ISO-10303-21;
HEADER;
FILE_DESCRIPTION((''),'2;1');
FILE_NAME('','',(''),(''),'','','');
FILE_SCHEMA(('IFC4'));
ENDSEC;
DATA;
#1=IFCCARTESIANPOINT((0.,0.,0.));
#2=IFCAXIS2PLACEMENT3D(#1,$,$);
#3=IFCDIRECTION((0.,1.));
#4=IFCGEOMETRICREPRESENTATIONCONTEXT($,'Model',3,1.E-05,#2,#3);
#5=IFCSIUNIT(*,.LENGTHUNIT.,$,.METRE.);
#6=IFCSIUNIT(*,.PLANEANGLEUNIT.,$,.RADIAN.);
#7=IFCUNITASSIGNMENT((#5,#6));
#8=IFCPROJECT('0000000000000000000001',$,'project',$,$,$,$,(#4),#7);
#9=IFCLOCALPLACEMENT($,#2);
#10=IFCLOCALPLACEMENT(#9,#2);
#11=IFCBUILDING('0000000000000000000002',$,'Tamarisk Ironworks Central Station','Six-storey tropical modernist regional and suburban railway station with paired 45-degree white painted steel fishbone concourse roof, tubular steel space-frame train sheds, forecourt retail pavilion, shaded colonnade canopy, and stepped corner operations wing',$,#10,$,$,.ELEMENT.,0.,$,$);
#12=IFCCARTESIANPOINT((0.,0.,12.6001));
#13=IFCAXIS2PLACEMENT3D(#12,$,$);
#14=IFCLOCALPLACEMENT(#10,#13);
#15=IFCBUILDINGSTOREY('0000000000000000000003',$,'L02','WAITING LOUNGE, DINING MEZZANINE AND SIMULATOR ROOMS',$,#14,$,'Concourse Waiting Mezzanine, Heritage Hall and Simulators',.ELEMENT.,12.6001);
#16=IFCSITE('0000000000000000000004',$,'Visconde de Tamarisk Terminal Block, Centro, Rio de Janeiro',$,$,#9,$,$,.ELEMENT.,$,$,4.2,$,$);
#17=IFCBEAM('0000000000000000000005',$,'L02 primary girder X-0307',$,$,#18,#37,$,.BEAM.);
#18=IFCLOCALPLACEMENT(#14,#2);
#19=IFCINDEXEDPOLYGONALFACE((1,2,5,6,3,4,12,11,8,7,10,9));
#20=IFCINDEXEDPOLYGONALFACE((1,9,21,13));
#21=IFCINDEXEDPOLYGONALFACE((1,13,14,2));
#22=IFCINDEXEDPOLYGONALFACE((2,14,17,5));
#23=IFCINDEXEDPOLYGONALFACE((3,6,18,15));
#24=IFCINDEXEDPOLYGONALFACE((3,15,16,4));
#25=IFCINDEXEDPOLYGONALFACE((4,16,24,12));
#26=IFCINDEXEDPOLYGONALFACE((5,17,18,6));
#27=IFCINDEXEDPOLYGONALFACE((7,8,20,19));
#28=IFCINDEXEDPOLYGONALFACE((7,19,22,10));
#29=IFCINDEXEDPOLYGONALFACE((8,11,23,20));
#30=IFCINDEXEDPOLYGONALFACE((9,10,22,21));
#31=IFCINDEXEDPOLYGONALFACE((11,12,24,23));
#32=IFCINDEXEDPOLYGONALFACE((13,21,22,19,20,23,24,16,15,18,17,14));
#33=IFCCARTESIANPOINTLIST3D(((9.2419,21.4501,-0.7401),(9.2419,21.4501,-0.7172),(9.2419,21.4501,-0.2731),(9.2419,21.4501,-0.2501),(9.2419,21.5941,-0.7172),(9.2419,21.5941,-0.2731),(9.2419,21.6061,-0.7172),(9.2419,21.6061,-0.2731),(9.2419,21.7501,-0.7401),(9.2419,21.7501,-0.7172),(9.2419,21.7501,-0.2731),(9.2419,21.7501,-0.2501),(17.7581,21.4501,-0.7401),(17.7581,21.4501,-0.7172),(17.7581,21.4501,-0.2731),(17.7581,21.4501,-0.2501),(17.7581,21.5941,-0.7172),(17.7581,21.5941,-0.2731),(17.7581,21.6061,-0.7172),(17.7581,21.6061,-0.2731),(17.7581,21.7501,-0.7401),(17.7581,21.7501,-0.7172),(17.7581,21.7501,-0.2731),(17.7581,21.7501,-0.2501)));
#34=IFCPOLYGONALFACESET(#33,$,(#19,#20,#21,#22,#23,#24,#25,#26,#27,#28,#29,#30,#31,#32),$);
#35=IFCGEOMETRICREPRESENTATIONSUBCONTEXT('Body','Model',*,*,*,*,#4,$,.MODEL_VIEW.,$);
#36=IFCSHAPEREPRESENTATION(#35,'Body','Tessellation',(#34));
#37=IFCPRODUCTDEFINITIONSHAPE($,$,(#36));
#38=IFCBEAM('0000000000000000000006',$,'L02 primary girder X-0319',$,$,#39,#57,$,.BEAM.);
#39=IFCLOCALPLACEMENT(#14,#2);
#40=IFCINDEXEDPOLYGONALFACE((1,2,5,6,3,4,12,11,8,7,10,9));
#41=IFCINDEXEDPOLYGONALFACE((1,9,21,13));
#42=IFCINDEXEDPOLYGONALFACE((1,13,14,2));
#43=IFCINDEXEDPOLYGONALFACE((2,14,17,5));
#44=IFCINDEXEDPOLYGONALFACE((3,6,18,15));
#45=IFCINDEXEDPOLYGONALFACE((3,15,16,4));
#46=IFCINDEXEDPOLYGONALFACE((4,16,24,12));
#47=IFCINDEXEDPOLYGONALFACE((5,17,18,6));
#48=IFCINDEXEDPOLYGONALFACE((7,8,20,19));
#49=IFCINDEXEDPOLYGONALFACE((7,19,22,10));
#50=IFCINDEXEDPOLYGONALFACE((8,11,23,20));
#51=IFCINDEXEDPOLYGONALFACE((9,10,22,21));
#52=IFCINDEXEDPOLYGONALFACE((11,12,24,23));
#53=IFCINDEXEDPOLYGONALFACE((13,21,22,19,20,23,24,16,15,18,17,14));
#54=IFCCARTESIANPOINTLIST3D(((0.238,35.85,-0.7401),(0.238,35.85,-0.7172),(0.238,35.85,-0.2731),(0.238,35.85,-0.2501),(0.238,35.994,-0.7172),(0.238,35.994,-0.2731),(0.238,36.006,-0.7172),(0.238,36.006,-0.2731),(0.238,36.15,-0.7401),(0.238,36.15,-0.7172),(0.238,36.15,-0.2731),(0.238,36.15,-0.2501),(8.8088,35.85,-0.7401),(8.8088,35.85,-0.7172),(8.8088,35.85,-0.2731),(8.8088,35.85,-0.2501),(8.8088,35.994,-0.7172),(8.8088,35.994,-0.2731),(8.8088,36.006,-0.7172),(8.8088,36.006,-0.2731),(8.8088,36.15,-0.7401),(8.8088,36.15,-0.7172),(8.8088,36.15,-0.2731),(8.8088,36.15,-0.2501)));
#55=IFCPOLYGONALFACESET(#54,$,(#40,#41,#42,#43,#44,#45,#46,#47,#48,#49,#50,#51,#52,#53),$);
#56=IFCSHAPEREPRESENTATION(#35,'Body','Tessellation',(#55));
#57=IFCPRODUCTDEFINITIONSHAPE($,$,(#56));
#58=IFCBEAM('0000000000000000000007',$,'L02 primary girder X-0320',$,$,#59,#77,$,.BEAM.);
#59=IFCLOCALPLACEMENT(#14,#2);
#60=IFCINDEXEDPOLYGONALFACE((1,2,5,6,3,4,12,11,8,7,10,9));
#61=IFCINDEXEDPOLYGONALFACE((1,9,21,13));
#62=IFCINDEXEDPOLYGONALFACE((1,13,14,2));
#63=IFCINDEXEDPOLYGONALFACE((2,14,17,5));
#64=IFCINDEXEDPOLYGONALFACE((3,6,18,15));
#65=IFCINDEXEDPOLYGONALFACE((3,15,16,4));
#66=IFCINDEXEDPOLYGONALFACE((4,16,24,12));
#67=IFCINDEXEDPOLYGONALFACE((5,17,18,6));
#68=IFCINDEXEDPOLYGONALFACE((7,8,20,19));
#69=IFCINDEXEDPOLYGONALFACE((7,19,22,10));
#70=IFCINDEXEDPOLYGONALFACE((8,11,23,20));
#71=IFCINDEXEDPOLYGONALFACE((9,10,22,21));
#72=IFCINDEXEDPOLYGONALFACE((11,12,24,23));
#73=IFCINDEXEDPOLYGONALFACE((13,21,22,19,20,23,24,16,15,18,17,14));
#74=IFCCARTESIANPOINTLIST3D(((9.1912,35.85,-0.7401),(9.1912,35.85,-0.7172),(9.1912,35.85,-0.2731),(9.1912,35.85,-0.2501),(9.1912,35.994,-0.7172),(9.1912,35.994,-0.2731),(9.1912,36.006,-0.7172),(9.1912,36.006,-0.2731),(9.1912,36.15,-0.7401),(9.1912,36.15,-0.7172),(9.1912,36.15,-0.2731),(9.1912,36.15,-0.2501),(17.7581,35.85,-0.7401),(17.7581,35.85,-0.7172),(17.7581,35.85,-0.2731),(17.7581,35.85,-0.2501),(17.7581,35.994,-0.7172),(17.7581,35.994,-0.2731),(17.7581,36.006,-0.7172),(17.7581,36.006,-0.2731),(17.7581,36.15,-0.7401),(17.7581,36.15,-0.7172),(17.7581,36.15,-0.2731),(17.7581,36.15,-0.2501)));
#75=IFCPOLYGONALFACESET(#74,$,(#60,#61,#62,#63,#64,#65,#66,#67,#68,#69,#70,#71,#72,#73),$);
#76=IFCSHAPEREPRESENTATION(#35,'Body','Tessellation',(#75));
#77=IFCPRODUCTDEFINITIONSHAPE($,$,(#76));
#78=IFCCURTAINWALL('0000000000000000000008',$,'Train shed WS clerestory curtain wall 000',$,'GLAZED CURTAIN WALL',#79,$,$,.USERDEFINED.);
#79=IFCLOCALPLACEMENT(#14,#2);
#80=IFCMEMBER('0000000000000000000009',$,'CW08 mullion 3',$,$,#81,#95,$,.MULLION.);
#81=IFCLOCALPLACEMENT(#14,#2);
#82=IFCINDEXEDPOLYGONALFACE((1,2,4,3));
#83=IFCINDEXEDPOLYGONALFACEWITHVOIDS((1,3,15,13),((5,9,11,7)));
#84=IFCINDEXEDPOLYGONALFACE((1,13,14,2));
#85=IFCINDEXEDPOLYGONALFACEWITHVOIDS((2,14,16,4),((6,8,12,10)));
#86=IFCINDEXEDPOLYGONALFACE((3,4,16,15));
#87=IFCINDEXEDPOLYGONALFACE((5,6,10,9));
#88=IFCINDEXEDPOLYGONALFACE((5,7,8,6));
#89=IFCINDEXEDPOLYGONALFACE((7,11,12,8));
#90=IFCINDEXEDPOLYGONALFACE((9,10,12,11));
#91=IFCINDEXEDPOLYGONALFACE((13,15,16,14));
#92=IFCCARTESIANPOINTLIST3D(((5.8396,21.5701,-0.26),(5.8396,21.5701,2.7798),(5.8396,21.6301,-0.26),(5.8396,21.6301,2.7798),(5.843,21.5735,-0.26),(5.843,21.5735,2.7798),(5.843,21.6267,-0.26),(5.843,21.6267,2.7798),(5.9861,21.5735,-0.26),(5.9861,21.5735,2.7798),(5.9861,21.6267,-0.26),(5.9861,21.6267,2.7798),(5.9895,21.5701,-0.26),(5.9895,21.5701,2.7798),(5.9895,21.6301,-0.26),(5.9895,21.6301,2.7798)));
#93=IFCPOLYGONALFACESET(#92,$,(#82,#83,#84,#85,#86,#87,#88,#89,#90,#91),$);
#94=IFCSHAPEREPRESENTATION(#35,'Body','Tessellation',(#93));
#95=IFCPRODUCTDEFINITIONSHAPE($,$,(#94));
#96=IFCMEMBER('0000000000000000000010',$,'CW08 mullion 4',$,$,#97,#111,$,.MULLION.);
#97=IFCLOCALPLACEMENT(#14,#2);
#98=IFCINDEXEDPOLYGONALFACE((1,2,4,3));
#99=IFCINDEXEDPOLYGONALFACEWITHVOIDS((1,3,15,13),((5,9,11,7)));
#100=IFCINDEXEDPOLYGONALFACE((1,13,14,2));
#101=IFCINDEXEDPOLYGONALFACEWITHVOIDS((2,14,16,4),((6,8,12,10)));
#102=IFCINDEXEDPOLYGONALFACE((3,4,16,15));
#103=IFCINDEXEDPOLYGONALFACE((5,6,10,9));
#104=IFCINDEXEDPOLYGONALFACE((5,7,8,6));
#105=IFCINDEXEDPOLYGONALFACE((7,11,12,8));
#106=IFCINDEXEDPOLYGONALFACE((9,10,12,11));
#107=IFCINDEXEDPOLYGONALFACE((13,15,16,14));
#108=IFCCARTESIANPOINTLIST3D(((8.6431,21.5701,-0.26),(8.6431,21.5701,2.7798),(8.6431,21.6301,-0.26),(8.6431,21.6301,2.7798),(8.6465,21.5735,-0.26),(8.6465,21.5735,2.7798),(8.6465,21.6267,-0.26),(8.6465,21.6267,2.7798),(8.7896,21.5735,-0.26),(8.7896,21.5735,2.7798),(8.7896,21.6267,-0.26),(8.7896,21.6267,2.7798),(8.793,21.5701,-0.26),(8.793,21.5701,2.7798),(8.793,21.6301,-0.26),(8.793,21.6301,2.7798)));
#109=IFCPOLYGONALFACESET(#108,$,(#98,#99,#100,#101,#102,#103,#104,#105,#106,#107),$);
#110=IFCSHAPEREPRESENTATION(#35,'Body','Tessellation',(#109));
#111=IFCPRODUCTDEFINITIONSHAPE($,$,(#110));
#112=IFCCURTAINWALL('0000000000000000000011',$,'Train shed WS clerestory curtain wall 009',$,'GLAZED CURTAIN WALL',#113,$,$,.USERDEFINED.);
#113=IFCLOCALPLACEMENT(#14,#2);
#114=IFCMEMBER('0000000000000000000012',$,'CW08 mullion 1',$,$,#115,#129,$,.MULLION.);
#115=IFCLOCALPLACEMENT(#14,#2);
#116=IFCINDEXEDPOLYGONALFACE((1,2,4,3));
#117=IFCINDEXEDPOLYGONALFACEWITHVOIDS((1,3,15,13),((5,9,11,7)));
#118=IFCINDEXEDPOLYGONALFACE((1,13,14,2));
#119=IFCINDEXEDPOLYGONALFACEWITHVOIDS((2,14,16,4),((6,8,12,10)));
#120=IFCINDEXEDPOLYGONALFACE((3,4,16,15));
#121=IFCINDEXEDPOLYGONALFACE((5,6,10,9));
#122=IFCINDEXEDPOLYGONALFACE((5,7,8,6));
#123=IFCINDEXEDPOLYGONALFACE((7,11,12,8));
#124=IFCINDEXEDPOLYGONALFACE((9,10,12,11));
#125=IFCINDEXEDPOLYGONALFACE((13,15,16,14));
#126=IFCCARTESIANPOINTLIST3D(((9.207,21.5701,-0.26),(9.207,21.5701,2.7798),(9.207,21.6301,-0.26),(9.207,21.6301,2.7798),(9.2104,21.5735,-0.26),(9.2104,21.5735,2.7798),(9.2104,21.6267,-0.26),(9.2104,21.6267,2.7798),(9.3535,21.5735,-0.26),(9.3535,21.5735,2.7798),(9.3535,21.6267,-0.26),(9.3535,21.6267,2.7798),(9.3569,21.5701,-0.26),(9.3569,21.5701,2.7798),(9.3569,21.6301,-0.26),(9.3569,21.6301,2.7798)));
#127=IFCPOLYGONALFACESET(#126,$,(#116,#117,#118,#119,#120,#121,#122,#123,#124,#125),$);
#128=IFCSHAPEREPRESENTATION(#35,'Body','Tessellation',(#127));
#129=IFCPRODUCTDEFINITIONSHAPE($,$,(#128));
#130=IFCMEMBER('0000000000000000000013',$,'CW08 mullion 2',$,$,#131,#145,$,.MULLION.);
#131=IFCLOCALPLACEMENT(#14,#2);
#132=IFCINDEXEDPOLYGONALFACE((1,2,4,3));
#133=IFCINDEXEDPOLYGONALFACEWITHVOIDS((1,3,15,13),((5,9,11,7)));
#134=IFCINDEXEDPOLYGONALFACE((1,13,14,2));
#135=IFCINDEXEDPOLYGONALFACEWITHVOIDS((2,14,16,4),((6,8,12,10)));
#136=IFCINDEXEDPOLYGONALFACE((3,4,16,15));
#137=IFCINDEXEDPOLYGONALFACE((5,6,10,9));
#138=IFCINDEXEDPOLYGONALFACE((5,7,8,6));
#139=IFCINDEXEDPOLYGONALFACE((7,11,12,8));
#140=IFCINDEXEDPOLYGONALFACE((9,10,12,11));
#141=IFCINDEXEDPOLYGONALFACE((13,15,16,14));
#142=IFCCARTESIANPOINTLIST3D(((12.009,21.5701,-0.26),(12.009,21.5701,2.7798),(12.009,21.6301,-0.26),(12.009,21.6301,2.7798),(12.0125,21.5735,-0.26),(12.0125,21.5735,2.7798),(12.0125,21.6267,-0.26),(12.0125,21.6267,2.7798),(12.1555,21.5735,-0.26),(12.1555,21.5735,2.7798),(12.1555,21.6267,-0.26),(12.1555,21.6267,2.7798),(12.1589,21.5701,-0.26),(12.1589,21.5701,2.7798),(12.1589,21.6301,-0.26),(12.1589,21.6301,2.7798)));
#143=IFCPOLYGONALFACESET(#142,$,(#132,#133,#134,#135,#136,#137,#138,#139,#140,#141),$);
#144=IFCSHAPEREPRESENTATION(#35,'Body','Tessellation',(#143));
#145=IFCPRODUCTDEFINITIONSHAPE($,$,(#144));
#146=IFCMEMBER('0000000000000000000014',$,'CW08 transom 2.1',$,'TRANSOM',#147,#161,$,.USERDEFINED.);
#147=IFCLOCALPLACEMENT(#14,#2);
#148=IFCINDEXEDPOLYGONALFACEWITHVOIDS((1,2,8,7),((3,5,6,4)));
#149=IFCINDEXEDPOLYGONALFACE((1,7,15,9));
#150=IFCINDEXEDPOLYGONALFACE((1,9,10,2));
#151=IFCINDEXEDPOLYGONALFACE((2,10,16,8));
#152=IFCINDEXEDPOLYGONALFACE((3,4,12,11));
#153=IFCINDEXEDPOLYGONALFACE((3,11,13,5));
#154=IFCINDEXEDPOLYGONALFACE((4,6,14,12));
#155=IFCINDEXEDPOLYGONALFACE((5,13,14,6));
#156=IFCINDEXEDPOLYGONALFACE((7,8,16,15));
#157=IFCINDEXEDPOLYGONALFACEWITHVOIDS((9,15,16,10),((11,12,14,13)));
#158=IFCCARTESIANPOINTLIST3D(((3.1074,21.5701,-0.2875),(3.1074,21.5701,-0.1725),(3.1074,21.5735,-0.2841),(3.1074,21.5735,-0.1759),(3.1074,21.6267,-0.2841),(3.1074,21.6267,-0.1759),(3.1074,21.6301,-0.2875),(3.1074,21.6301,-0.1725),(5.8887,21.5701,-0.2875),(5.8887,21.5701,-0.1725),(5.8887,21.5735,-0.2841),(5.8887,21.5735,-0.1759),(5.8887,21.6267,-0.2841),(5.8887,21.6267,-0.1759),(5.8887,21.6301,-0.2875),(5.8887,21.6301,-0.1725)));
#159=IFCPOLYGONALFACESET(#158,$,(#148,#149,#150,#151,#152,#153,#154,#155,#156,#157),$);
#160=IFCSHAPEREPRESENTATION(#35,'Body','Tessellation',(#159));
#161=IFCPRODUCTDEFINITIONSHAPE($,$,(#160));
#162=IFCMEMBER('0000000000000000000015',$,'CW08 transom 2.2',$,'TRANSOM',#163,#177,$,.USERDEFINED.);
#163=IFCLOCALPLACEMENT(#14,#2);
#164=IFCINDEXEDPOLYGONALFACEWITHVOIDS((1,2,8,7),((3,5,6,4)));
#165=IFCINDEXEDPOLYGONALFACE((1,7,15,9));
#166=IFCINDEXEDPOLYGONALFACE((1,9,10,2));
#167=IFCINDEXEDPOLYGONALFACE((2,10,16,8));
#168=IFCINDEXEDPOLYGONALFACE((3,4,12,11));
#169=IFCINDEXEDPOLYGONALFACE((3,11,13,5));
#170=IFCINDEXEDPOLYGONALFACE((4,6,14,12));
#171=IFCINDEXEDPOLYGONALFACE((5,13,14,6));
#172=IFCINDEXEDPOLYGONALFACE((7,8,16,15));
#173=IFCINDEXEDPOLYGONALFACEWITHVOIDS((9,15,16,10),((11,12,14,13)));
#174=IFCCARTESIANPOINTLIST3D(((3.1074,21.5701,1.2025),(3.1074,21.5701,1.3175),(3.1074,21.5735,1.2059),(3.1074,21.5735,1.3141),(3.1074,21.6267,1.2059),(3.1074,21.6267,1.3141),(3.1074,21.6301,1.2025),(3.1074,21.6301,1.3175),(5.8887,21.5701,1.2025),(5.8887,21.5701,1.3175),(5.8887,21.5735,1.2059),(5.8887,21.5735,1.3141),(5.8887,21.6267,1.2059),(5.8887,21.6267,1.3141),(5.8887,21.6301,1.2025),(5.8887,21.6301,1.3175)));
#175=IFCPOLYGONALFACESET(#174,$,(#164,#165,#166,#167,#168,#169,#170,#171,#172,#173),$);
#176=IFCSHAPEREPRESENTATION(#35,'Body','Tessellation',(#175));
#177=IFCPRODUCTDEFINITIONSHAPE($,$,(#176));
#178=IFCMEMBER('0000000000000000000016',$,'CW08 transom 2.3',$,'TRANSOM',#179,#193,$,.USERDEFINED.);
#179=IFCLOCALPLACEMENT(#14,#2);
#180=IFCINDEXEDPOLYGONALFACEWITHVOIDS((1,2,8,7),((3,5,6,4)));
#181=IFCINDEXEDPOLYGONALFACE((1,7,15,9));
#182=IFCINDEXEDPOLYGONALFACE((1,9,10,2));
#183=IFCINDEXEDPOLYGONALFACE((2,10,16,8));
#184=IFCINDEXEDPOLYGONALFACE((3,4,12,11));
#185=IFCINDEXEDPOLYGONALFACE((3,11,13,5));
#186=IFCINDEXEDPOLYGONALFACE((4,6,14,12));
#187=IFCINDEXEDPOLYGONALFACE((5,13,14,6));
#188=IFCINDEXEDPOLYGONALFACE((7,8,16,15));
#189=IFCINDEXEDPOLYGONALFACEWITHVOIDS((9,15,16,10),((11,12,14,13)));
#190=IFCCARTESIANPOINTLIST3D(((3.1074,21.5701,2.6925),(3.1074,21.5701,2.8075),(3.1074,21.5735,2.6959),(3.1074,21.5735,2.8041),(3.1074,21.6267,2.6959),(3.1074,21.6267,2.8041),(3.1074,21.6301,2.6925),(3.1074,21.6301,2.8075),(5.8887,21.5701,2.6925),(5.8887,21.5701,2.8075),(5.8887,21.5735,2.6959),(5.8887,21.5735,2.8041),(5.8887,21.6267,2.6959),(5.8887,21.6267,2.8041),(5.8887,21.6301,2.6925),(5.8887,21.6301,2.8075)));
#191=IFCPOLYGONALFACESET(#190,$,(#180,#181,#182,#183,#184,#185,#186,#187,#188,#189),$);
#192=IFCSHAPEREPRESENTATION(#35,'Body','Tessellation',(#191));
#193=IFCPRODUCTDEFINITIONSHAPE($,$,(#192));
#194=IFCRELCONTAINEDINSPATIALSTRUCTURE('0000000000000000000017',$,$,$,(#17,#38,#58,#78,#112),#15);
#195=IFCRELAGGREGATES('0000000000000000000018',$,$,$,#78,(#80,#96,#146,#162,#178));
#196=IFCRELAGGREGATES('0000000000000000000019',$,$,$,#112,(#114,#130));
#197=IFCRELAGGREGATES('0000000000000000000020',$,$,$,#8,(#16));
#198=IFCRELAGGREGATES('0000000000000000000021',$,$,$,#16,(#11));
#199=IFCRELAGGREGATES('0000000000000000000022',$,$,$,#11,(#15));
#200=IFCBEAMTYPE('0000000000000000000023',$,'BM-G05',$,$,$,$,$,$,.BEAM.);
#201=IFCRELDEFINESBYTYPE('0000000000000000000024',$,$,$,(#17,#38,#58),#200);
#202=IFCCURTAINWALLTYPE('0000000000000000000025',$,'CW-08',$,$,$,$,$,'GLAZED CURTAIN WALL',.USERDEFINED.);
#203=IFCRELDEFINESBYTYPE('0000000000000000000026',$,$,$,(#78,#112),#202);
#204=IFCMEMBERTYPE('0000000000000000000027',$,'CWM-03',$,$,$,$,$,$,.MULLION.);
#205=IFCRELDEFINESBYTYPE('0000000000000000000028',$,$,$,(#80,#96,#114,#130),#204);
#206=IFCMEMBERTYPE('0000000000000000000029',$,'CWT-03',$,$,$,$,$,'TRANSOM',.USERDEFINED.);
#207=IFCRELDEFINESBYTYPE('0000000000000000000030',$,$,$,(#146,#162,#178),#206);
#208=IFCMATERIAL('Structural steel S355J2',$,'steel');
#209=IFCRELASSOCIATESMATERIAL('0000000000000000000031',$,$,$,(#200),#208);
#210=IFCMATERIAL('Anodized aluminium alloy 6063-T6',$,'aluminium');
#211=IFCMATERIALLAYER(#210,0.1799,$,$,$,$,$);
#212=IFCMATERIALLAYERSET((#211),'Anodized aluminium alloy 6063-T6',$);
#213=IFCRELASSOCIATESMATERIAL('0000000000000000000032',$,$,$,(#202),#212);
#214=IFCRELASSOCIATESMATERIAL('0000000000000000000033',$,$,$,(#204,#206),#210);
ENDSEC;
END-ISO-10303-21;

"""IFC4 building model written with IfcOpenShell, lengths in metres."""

from ifc_helpers import new_model, si_unit, direction, frame, origin, origin_2d, place, context, subcontext, project, spatial, hollow_rectangle, i_section, extrude, material, layer, layer_set, material_profile, profile_set, type_object, element, aggregate, save


model = new_model("IFC4")

# Units and contexts
model_context = context("Model", 3, precision=1e-05, world=origin(), true_north=direction((0.0, 1.0)))
body_context = subcontext(model_context, "Body", "Model", "MODEL_VIEW")
ifc_project = project(units=[si_unit("LENGTHUNIT", "METRE"), si_unit("PLANEANGLEUNIT", "RADIAN")], contexts=[model_context])

# Site, building, storey
site_placement = place(None, origin())
site = spatial("IfcSite", under=ifc_project, at=site_placement, Name="Visconde de Tamarisk Terminal Block, Centro, Rio de Janeiro", CompositionType="ELEMENT", RefElevation=4.2)
building_placement = place(site_placement, origin())
building = spatial("IfcBuilding", under=site, at=building_placement, Name="Tamarisk Ironworks Central Station", Description="Six-storey tropical modernist regional and suburban railway station with paired 45-degree white painted steel fishbone concourse roof, tubular steel space-frame train sheds, forecourt retail pavilion, shaded colonnade canopy, and stepped corner operations wing", CompositionType="ELEMENT", ElevationOfRefHeight=0.0)
storey_placement = place(building_placement, frame((0.0, 0.0, 12.6001)))
storey = spatial("IfcBuildingStorey", under=building, at=storey_placement, Name="L02", Description="WAITING LOUNGE, DINING MEZZANINE AND SIMULATOR ROOMS", LongName="Concourse Waiting Mezzanine, Heritage Hall and Simulators", CompositionType="ELEMENT", Elevation=12.6001)

# Beams
ifc_material_1 = material(Name="Structural steel S355J2", Category="steel")
ifc_material_profile_1 = material_profile(ifc_material_1, i_section(OverallWidth=0.3, OverallDepth=0.49, WebThickness=0.012, FlangeThickness=0.0229, at=origin_2d()), Name="HEA 500")
ifc_profile_set_1 = profile_set([ifc_material_profile_1], Name="Structural steel S355J2")
beam_type_1 = type_object("IfcBeamType", Name="BM-G05", PredefinedType="BEAM", material=ifc_profile_set_1)
beam_1_placement = place(storey_placement, frame((9.2419, 21.6001, -0.4951), z_axis=(1.0, 0.0, 0.0), x_axis=(0.0, 1.0, 0.0)))
element("IfcBeam", 1, at=beam_1_placement, inside=storey, type_object=beam_type_1, Name="L02 primary girder X-0307", PredefinedType="BEAM", context=body_context, shape_type="SweptSolid", body=[
    extrude(i_section(OverallWidth=0.3, OverallDepth=0.49, WebThickness=0.012, FlangeThickness=0.0229, at=origin_2d()), origin(), (0.0, 0.0, 1.0), 8.5161),
])
beam_2_placement = place(storey_placement, frame((0.238, 36.0, -0.4951), z_axis=(1.0, 0.0, 0.0), x_axis=(0.0, 1.0, 0.0)))
element("IfcBeam", 2, at=beam_2_placement, inside=storey, type_object=beam_type_1, Name="L02 primary girder X-0319", PredefinedType="BEAM", context=body_context, shape_type="SweptSolid", body=[
    extrude(i_section(OverallWidth=0.3, OverallDepth=0.49, WebThickness=0.012, FlangeThickness=0.0229, at=origin_2d()), origin(), (0.0, 0.0, 1.0), 8.5708),
])
beam_3_placement = place(storey_placement, frame((9.1912, 36.0, -0.4951), z_axis=(1.0, 0.0, 0.0), x_axis=(0.0, 1.0, 0.0)))
element("IfcBeam", 3, at=beam_3_placement, inside=storey, type_object=beam_type_1, Name="L02 primary girder X-0320", PredefinedType="BEAM", context=body_context, shape_type="SweptSolid", body=[
    extrude(i_section(OverallWidth=0.3, OverallDepth=0.49, WebThickness=0.012, FlangeThickness=0.0229, at=origin_2d()), origin(), (0.0, 0.0, 1.0), 8.5669),
])

# Curtain walls, members
ifc_material_2 = material(Name="Anodized aluminium alloy 6063-T6", Category="aluminium")
ifc_layer_1 = layer(ifc_material_2, 0.1799)
ifc_layer_set_1 = layer_set([ifc_layer_1], Name="Anodized aluminium alloy 6063-T6")
curtain_wall_type = type_object("IfcCurtainWallType", Name="CW-08", ElementType="GLAZED CURTAIN WALL", PredefinedType="USERDEFINED", material=ifc_layer_set_1)
curtain_wall_1_placement = place(storey_placement, origin())
curtain_wall_1 = element("IfcCurtainWall", 4, at=curtain_wall_1_placement, inside=storey, type_object=curtain_wall_type, Name="Train shed WS clerestory curtain wall 000", ObjectType="GLAZED CURTAIN WALL", PredefinedType="USERDEFINED")
ifc_material_profile_2 = material_profile(ifc_material_2, hollow_rectangle(XDim=0.0601, YDim=0.1499, WallThickness=0.0034, at=origin_2d()), Name="ALUM 150x60")
ifc_profile_set_2 = profile_set([ifc_material_profile_2], Name="Anodized aluminium alloy 6063-T6")
member_type_1 = type_object("IfcMemberType", Name="CWM-03", PredefinedType="MULLION", material=ifc_profile_set_2)
member_1_placement = place(storey_placement, frame((5.9146, 21.6001, -0.26), z_axis=(0.0, 0.0, 1.0), x_axis=(0.0, 1.0, 0.0)))
member_1 = element("IfcMember", 5, at=member_1_placement, type_object=member_type_1, Name="CW08 mullion 3", PredefinedType="MULLION", context=body_context, shape_type="SweptSolid", body=[
    extrude(hollow_rectangle(XDim=0.0601, YDim=0.1499, WallThickness=0.0034, at=origin_2d()), origin(), (0.0, 0.0, 1.0), 3.0398),
])
member_2_placement = place(storey_placement, frame((8.718, 21.6001, -0.26), z_axis=(0.0, 0.0, 1.0), x_axis=(0.0, 1.0, 0.0)))
member_2 = element("IfcMember", 6, at=member_2_placement, type_object=member_type_1, Name="CW08 mullion 4", PredefinedType="MULLION", context=body_context, shape_type="SweptSolid", body=[
    extrude(hollow_rectangle(XDim=0.0601, YDim=0.1499, WallThickness=0.0034, at=origin_2d()), origin(), (0.0, 0.0, 1.0), 3.0398),
])
curtain_wall_2_placement = place(storey_placement, origin())
curtain_wall_2 = element("IfcCurtainWall", 7, at=curtain_wall_2_placement, inside=storey, type_object=curtain_wall_type, Name="Train shed WS clerestory curtain wall 009", ObjectType="GLAZED CURTAIN WALL", PredefinedType="USERDEFINED")
member_3_placement = place(storey_placement, frame((9.282, 21.6001, -0.26), z_axis=(0.0, 0.0, 1.0), x_axis=(0.0, 1.0, 0.0)))
member_3 = element("IfcMember", 8, at=member_3_placement, type_object=member_type_1, Name="CW08 mullion 1", PredefinedType="MULLION", context=body_context, shape_type="SweptSolid", body=[
    extrude(hollow_rectangle(XDim=0.0601, YDim=0.1499, WallThickness=0.0034, at=origin_2d()), origin(), (0.0, 0.0, 1.0), 3.0398),
])
member_4_placement = place(storey_placement, frame((12.084, 21.6001, -0.26), z_axis=(0.0, 0.0, 1.0), x_axis=(0.0, 1.0, 0.0)))
member_4 = element("IfcMember", 9, at=member_4_placement, type_object=member_type_1, Name="CW08 mullion 2", PredefinedType="MULLION", context=body_context, shape_type="SweptSolid", body=[
    extrude(hollow_rectangle(XDim=0.0601, YDim=0.1499, WallThickness=0.0034, at=origin_2d()), origin(), (0.0, 0.0, 1.0), 3.0398),
])

# Members
ifc_material_profile_3 = material_profile(ifc_material_2, hollow_rectangle(XDim=0.0601, YDim=0.115, WallThickness=0.0034, at=origin_2d()), Name="ALUM 115x60")
ifc_profile_set_3 = profile_set([ifc_material_profile_3], Name="Anodized aluminium alloy 6063-T6")
member_type_2 = type_object("IfcMemberType", Name="CWT-03", ElementType="TRANSOM", PredefinedType="USERDEFINED", material=ifc_profile_set_3)
member_5_placement = place(storey_placement, frame((3.1074, 21.6001, -0.23), z_axis=(1.0, 0.0, 0.0), x_axis=(0.0, 1.0, 0.0)))
member_5 = element("IfcMember", 10, at=member_5_placement, type_object=member_type_2, Name="CW08 transom 2.1", ObjectType="TRANSOM", PredefinedType="USERDEFINED", context=body_context, shape_type="SweptSolid", body=[
    extrude(hollow_rectangle(XDim=0.0601, YDim=0.115, WallThickness=0.0034, at=origin_2d()), origin(), (0.0, 0.0, 1.0), 2.7812),
])
member_6_placement = place(storey_placement, frame((3.1074, 21.6001, 1.26), z_axis=(1.0, 0.0, 0.0), x_axis=(0.0, 1.0, 0.0)))
member_6 = element("IfcMember", 11, at=member_6_placement, type_object=member_type_2, Name="CW08 transom 2.2", ObjectType="TRANSOM", PredefinedType="USERDEFINED", context=body_context, shape_type="SweptSolid", body=[
    extrude(hollow_rectangle(XDim=0.0601, YDim=0.115, WallThickness=0.0034, at=origin_2d()), origin(), (0.0, 0.0, 1.0), 2.7812),
])
member_7_placement = place(storey_placement, frame((3.1074, 21.6001, 2.75), z_axis=(1.0, 0.0, 0.0), x_axis=(0.0, 1.0, 0.0)))
member_7 = element("IfcMember", 12, at=member_7_placement, type_object=member_type_2, Name="CW08 transom 2.3", ObjectType="TRANSOM", PredefinedType="USERDEFINED", context=body_context, shape_type="SweptSolid", body=[
    extrude(hollow_rectangle(XDim=0.0601, YDim=0.115, WallThickness=0.0034, at=origin_2d()), origin(), (0.0, 0.0, 1.0), 2.7812),
])

aggregate(curtain_wall_1, [member_1, member_2, member_5, member_6, member_7])
aggregate(curtain_wall_2, [member_3, member_4])

save(model, "model.ifc")
